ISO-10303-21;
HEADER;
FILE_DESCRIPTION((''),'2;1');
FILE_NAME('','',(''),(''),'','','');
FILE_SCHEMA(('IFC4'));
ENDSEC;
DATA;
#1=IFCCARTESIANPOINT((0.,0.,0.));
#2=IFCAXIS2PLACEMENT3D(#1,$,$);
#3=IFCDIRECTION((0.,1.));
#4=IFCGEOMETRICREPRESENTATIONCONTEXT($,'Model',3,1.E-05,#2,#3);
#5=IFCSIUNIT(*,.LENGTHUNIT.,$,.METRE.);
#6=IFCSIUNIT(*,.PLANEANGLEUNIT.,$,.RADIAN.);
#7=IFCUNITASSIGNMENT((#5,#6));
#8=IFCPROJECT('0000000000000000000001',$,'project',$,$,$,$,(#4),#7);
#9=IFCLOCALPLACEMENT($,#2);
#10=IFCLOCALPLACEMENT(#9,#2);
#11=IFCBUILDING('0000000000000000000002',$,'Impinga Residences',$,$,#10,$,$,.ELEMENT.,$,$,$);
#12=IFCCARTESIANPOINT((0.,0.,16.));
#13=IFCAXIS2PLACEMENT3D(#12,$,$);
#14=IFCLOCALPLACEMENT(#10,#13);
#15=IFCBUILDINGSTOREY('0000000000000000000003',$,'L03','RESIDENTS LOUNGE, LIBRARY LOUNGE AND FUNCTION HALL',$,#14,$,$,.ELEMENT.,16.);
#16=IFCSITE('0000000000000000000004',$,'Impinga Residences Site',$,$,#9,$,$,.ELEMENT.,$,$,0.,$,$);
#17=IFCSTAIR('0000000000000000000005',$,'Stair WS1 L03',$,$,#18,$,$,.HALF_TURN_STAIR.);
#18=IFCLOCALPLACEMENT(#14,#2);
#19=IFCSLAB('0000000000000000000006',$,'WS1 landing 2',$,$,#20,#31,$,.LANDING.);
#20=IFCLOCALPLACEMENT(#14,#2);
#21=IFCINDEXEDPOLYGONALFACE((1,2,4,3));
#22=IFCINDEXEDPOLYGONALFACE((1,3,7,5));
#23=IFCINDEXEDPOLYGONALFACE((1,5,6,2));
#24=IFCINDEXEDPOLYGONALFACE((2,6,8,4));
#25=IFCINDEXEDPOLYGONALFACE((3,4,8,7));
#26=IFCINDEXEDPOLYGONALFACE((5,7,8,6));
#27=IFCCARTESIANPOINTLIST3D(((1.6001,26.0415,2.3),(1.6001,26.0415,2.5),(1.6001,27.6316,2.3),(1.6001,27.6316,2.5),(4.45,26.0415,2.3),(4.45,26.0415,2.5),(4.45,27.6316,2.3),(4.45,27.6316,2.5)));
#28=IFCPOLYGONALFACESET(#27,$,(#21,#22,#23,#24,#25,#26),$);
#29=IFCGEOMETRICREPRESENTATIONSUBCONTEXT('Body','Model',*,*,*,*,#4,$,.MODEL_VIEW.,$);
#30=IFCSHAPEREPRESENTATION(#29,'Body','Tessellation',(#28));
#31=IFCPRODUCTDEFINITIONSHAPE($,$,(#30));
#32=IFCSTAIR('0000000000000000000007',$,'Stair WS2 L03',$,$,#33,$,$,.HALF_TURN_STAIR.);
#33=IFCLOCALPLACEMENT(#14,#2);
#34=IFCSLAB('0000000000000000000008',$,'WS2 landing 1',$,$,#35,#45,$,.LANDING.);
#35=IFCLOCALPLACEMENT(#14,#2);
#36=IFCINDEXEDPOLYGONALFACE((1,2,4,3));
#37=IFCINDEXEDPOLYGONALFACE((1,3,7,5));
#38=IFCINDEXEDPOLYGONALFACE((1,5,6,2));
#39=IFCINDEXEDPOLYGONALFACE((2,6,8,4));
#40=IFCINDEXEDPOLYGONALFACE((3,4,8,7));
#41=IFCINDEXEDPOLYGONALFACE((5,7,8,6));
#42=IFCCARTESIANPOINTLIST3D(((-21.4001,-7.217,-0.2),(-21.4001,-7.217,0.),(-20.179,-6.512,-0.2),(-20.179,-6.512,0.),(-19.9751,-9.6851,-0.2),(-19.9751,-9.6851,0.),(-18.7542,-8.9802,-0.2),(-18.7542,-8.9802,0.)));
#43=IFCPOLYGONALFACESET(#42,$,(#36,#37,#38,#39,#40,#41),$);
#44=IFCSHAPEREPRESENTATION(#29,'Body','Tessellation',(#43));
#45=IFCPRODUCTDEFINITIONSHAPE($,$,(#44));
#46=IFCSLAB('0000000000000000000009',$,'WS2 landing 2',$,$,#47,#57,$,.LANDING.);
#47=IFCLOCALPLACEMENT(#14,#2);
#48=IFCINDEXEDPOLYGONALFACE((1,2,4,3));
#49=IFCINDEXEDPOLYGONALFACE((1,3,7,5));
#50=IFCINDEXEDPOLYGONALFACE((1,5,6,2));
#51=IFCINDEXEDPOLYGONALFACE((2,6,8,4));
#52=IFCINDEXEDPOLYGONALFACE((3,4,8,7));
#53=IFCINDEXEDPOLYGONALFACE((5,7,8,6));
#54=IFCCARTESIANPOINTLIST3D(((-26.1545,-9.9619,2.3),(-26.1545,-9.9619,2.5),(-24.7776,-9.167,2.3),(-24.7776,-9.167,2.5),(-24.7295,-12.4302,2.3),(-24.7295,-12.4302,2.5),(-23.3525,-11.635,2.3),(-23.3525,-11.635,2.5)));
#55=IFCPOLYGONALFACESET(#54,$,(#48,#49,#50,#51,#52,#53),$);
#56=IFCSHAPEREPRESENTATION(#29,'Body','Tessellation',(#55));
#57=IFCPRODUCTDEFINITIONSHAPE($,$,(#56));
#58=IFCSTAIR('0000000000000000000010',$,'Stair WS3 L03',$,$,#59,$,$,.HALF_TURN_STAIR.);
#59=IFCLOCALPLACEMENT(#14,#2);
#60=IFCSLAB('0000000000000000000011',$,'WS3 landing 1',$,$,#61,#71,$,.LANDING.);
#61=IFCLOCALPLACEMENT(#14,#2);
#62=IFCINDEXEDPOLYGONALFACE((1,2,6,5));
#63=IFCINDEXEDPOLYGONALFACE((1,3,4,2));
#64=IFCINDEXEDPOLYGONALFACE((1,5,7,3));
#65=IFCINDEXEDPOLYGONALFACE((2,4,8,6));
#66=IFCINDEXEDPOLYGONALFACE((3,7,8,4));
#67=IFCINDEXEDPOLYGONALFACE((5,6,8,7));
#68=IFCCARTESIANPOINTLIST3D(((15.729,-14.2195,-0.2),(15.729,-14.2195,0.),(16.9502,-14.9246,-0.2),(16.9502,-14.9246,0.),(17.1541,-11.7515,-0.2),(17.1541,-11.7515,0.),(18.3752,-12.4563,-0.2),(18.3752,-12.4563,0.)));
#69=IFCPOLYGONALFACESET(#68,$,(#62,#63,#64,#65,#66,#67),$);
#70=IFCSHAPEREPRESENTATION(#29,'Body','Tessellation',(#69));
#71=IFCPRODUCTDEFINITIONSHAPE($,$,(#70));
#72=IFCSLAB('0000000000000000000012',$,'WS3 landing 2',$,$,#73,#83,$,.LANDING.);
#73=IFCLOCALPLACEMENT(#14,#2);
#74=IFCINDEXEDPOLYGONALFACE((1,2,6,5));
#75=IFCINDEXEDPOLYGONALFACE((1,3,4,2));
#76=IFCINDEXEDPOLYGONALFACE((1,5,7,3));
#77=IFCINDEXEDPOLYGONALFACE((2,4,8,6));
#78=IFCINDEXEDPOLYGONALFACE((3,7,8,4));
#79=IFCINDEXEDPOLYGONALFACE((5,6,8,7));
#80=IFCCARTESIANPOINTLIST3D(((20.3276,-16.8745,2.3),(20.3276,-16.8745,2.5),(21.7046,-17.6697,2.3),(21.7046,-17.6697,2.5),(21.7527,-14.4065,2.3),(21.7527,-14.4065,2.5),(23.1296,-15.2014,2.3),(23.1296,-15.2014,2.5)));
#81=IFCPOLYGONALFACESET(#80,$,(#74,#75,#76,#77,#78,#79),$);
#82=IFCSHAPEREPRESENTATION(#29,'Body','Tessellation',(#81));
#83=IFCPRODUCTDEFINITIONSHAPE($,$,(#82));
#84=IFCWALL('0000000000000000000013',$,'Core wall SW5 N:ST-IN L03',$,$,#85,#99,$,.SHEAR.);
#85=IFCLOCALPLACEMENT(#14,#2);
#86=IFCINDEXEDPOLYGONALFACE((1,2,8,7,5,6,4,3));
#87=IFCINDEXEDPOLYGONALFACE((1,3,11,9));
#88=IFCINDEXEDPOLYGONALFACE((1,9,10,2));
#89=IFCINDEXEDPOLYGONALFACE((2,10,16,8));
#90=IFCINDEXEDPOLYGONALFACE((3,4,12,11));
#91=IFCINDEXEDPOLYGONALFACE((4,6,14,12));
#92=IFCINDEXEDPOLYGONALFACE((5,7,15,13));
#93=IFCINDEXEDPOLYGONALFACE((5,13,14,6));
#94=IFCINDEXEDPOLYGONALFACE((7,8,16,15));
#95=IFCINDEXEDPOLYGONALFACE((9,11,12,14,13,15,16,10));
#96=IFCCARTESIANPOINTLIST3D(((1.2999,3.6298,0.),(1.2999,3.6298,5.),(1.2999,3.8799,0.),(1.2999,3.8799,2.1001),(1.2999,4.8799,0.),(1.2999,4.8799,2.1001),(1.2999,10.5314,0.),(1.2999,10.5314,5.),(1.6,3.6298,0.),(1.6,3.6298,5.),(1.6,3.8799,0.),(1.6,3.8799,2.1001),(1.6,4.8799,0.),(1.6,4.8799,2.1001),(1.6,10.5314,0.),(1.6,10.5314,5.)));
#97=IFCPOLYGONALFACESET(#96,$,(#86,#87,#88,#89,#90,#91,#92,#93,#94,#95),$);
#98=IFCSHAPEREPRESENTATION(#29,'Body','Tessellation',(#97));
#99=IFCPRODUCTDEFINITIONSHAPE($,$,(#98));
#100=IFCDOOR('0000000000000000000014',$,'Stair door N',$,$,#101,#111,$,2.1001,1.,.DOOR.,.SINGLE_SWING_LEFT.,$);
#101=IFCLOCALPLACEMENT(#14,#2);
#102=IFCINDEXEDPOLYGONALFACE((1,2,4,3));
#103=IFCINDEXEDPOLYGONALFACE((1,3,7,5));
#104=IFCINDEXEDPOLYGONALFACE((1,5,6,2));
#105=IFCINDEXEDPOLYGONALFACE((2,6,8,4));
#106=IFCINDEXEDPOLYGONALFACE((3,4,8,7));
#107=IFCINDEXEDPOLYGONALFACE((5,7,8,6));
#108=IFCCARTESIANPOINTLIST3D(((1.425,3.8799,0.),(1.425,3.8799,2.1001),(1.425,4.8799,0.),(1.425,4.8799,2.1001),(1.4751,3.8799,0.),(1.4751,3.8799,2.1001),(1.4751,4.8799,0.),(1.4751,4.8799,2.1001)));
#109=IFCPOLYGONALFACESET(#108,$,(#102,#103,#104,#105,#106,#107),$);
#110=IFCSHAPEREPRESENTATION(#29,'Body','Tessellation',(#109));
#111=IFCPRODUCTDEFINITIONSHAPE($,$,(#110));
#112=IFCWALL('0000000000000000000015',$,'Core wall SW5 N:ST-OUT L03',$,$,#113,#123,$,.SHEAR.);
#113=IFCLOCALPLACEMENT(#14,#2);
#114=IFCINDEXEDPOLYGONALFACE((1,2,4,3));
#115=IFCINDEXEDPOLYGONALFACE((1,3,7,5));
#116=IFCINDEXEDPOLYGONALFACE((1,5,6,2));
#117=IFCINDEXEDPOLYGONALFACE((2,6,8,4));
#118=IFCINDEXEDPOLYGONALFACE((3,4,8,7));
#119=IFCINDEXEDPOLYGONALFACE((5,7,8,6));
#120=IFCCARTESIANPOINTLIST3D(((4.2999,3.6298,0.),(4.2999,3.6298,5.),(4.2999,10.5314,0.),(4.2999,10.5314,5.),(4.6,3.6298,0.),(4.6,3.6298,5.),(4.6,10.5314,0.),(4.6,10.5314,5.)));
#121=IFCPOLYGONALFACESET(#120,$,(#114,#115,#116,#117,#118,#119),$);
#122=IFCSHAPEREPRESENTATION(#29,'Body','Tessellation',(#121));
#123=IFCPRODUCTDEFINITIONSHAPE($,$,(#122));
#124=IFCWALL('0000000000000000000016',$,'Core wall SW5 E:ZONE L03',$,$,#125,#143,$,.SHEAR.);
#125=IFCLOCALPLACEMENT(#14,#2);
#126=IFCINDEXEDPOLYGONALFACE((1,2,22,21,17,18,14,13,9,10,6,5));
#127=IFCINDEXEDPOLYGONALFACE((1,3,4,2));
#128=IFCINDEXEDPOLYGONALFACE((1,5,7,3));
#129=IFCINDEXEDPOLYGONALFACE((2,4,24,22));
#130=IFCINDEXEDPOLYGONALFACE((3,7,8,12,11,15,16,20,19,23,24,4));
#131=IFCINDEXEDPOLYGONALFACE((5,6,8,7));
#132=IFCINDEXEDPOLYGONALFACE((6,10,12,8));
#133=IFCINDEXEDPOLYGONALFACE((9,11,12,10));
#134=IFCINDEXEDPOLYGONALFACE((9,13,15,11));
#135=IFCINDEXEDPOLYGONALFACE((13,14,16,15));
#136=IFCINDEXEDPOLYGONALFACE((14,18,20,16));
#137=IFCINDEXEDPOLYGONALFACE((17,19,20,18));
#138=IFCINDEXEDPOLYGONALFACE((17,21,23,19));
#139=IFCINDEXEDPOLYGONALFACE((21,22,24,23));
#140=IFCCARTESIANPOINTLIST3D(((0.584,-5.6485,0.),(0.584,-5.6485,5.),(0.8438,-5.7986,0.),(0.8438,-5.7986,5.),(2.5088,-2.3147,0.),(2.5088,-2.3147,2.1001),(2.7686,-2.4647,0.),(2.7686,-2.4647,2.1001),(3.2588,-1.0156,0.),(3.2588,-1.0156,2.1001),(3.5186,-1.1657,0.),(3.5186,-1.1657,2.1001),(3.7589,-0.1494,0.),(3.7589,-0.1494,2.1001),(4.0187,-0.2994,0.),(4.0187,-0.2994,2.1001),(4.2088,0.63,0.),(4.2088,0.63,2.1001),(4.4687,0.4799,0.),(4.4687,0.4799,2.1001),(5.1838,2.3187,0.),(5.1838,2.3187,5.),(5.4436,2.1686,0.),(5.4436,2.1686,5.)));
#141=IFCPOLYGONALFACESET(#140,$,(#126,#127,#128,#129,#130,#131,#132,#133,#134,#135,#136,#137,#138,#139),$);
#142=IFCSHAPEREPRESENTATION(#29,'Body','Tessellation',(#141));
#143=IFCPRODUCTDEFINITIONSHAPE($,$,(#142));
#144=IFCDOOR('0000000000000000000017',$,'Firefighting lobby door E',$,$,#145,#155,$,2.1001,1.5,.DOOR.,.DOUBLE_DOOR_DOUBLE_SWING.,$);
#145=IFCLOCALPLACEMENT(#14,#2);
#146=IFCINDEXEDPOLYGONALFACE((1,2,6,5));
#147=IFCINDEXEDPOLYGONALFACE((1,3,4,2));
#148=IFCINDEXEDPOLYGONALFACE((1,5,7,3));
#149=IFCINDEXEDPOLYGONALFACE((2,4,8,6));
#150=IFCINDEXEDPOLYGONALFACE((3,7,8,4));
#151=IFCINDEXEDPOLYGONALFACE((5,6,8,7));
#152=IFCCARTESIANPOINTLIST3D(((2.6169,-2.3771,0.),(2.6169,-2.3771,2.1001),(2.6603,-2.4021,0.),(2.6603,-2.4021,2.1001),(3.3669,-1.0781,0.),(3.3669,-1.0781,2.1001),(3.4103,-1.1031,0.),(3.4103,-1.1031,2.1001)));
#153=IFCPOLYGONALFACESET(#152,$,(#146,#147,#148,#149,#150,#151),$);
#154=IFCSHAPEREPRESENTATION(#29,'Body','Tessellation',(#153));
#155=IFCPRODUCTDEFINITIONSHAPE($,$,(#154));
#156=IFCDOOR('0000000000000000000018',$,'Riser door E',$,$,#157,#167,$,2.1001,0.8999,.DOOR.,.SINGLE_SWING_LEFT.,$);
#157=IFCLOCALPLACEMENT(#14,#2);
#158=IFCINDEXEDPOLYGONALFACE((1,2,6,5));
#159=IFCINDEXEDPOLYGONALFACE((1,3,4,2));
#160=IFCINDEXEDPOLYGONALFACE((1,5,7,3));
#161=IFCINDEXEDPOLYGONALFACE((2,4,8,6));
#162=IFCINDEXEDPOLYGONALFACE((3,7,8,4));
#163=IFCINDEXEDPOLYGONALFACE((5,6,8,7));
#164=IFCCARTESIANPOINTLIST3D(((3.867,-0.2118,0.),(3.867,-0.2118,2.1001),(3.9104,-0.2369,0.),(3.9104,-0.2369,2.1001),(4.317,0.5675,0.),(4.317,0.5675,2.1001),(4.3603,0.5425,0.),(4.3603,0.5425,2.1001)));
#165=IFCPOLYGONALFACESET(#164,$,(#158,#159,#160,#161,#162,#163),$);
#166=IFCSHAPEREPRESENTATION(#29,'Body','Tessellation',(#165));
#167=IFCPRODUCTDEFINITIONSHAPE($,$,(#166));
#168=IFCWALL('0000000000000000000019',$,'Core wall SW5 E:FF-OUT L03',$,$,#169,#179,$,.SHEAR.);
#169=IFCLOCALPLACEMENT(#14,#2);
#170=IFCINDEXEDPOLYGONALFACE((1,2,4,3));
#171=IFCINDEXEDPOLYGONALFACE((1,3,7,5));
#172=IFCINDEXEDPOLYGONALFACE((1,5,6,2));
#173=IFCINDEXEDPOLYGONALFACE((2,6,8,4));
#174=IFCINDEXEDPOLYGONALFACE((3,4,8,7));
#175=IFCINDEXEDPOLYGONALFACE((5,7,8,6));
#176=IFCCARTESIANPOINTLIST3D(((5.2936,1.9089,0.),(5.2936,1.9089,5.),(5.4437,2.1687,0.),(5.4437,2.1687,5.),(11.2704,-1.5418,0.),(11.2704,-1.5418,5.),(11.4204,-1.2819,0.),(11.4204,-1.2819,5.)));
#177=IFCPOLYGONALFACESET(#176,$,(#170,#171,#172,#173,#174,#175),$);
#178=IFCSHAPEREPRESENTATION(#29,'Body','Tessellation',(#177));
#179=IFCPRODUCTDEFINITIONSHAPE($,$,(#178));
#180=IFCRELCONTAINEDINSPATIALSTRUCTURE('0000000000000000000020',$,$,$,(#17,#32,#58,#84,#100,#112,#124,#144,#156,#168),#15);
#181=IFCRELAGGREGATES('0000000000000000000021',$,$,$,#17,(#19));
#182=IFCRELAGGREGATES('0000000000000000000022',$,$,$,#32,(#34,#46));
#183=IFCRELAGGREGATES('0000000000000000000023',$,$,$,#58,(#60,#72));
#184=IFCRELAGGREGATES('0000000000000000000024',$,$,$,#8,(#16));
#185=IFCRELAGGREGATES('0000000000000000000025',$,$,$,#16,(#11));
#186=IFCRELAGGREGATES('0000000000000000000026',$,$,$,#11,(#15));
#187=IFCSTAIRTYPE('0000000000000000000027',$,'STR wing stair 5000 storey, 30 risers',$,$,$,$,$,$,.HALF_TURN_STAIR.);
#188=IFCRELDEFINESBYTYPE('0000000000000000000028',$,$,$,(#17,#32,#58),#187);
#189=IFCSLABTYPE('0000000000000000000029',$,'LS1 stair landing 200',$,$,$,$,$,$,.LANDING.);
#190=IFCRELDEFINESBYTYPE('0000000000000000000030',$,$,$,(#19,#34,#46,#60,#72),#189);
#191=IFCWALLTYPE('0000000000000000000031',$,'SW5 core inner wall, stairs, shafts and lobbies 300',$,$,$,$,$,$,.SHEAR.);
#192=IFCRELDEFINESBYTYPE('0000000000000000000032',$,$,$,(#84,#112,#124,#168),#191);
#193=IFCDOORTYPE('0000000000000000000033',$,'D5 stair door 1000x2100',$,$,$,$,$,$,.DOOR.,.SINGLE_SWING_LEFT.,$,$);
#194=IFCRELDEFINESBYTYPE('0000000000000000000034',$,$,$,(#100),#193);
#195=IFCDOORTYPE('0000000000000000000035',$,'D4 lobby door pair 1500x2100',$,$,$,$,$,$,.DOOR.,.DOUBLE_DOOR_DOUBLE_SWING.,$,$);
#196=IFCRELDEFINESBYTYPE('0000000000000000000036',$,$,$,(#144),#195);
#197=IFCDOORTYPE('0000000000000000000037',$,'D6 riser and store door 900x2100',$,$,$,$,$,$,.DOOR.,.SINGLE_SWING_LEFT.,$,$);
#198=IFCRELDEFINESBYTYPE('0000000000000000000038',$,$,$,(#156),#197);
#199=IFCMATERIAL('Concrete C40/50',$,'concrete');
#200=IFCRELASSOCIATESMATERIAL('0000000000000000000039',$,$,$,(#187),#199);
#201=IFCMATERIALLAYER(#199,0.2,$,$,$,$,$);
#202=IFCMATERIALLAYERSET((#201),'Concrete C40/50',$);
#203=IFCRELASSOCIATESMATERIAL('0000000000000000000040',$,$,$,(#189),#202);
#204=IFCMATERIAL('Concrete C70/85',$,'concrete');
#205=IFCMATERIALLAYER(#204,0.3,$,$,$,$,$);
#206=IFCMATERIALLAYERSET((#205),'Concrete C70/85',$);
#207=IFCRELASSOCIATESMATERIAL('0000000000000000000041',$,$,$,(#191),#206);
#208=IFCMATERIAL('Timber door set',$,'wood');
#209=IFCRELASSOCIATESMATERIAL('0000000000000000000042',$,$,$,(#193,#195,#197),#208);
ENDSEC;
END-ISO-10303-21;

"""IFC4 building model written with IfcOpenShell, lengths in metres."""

from ifc_helpers import new_model, si_unit, direction, frame, frame_2d, origin, place, context, subcontext, project, spatial, polyline, rectangle, outline, extrude, material, layer, layer_set, type_object, element, fill, aggregate, save


model = new_model("IFC4")

# Units and contexts
model_context = context("Model", 3, precision=1e-05, world=origin(), true_north=direction((0.0, 1.0)))
body_context = subcontext(model_context, "Body", "Model", "MODEL_VIEW")
ifc_project = project(units=[si_unit("LENGTHUNIT", "METRE"), si_unit("PLANEANGLEUNIT", "RADIAN")], contexts=[model_context])

# Site, building, storey
site_placement = place(None, origin())
site = spatial("IfcSite", under=ifc_project, at=site_placement, Name="Impinga Residences Site", CompositionType="ELEMENT", RefElevation=0.0)
building_placement = place(site_placement, origin())
building = spatial("IfcBuilding", under=site, at=building_placement, Name="Impinga Residences", CompositionType="ELEMENT")
storey_placement = place(building_placement, frame((0.0, 0.0, 16.0)))
storey = spatial("IfcBuildingStorey", under=building, at=storey_placement, Name="L03", Description="RESIDENTS LOUNGE, LIBRARY LOUNGE AND FUNCTION HALL", CompositionType="ELEMENT", Elevation=16.0)

# Stair, slab
ifc_material_1 = material(Name="Concrete C40/50", Category="concrete")
stair_type_1 = type_object("IfcStairType", Name="STR wing stair 5000 storey, 30 risers", PredefinedType="HALF_TURN_STAIR", material=ifc_material_1)
stair_1_placement = place(storey_placement, origin())
stair_1 = element("IfcStair", 1, at=stair_1_placement, inside=storey, type_object=stair_type_1, Name="Stair WS1 L03", PredefinedType="HALF_TURN_STAIR")
ifc_layer_1 = layer(ifc_material_1, 0.2)
ifc_layer_set_1 = layer_set([ifc_layer_1], Name="Concrete C40/50")
slab_type = type_object("IfcSlabType", Name="LS1 stair landing 200", PredefinedType="LANDING", material=ifc_layer_set_1)
slab_1_placement = place(storey_placement, frame((0.0, 0.0, 2.3)))
slab_1 = element("IfcSlab", 2, at=slab_1_placement, type_object=slab_type, Name="WS1 landing 2", PredefinedType="LANDING", context=body_context, shape_type="SweptSolid", body=[
    extrude(outline(polyline([(1.6001, 26.0415), (4.45, 26.0415), (4.45, 27.6316), (1.6001, 27.6316), (1.6001, 26.0415)])), origin(), (0.0, 0.0, 1.0), 0.2),
])
aggregate(stair_1, [slab_1])

# Stairs, slabs
stair_2_placement = place(storey_placement, origin())
stair_2 = element("IfcStair", 3, at=stair_2_placement, inside=storey, type_object=stair_type_1, Name="Stair WS2 L03", PredefinedType="HALF_TURN_STAIR")
slab_2_placement = place(storey_placement, frame((0.0, 0.0, -0.2)))
slab_2 = element("IfcSlab", 4, at=slab_2_placement, type_object=slab_type, Name="WS2 landing 1", PredefinedType="LANDING", context=body_context, shape_type="SweptSolid", body=[
    extrude(outline(polyline([(-18.7542, -8.9802), (-20.179, -6.512), (-21.4001, -7.217), (-19.9751, -9.6851), (-18.7542, -8.9802)])), origin(), (0.0, 0.0, 1.0), 0.2),
])
slab_3_placement = place(storey_placement, frame((0.0, 0.0, 2.3)))
slab_3 = element("IfcSlab", 5, at=slab_3_placement, type_object=slab_type, Name="WS2 landing 2", PredefinedType="LANDING", context=body_context, shape_type="SweptSolid", body=[
    extrude(outline(polyline([(-23.3525, -11.635), (-24.7776, -9.167), (-26.1545, -9.9619), (-24.7295, -12.4302), (-23.3525, -11.635)])), origin(), (0.0, 0.0, 1.0), 0.2),
])
aggregate(stair_2, [slab_2, slab_3])
stair_3_placement = place(storey_placement, origin())
stair_3 = element("IfcStair", 6, at=stair_3_placement, inside=storey, type_object=stair_type_1, Name="Stair WS3 L03", PredefinedType="HALF_TURN_STAIR")
slab_4_placement = place(storey_placement, frame((0.0, 0.0, -0.2)))
slab_4 = element("IfcSlab", 7, at=slab_4_placement, type_object=slab_type, Name="WS3 landing 1", PredefinedType="LANDING", context=body_context, shape_type="SweptSolid", body=[
    extrude(outline(polyline([(17.1541, -11.7515), (15.729, -14.2195), (16.9502, -14.9246), (18.3752, -12.4563), (17.1541, -11.7515)])), origin(), (0.0, 0.0, 1.0), 0.2),
])
slab_5_placement = place(storey_placement, frame((0.0, 0.0, 2.3)))
slab_5 = element("IfcSlab", 8, at=slab_5_placement, type_object=slab_type, Name="WS3 landing 2", PredefinedType="LANDING", context=body_context, shape_type="SweptSolid", body=[
    extrude(outline(polyline([(21.7527, -14.4065), (20.3276, -16.8745), (21.7046, -17.6697), (23.1296, -15.2014), (21.7527, -14.4065)])), origin(), (0.0, 0.0, 1.0), 0.2),
])
aggregate(stair_3, [slab_4, slab_5])

# Wall, opening, door
ifc_material_2 = material(Name="Concrete C70/85", Category="concrete")
ifc_layer_2 = layer(ifc_material_2, 0.3)
ifc_layer_set_2 = layer_set([ifc_layer_2], Name="Concrete C70/85")
wall_type_1 = type_object("IfcWallType", Name="SW5 core inner wall, stairs, shafts and lobbies 300", PredefinedType="SHEAR", material=ifc_layer_set_2)
wall_1_placement = place(storey_placement, frame((1.45, 3.6299, 0.0), z_axis=(0.0, 0.0, 1.0), x_axis=(0.0, 1.0, 0.0)))
wall_1 = element("IfcWall", 9, at=wall_1_placement, inside=storey, type_object=wall_type_1, Name="Core wall SW5 N:ST-IN L03", PredefinedType="SHEAR", context=body_context, shape_type="SweptSolid", body=[
    extrude(rectangle(XDim=6.9016, YDim=0.3, at=frame_2d((3.4507, 0.0))), origin(), (0.0, 0.0, 1.0), 5.0),
])
opening_1_placement = place(wall_1_placement, frame((0.25, 0.0, 0.0)))
opening_1 = element("IfcOpeningElement", 10, at=opening_1_placement, cuts=wall_1, PredefinedType="OPENING", context=body_context, shape_type="SweptSolid", body=[
    extrude(rectangle(XDim=1.0, YDim=2.1001, at=frame_2d((0.5, 1.05))), frame((0.0, 0.1599, 0.0), z_axis=(0.0, -1.0, 0.0), x_axis=(1.0, 0.0, 0.0)), (0.0, 0.0, 1.0), 0.3201),
])
ifc_material_3 = material(Name="Timber door set", Category="wood")
door_type_1 = type_object("IfcDoorType", Name="D5 stair door 1000x2100", OperationType="SINGLE_SWING_LEFT", PredefinedType="DOOR", material=ifc_material_3)
door_1_placement = place(opening_1_placement, origin())
door_1 = element("IfcDoor", 11, at=door_1_placement, inside=storey, type_object=door_type_1, Name="Stair door N", OperationType="SINGLE_SWING_LEFT", OverallHeight=2.1001, OverallWidth=1.0, PredefinedType="DOOR", context=body_context, shape_type="SweptSolid", body=[
    extrude(rectangle(XDim=1.0, YDim=2.1001, at=frame_2d((0.5, 1.05))), frame((0.0, 0.0249, 0.0), z_axis=(0.0, -1.0, 0.0), x_axis=(1.0, 0.0, 0.0)), (0.0, 0.0, 1.0), 0.05),
])
fill(opening_1, door_1)

# Wall
wall_2_placement = place(storey_placement, frame((4.45, 3.6299, 0.0), z_axis=(0.0, 0.0, 1.0), x_axis=(0.0, 1.0, 0.0)))
element("IfcWall", 12, at=wall_2_placement, inside=storey, type_object=wall_type_1, Name="Core wall SW5 N:ST-OUT L03", PredefinedType="SHEAR", context=body_context, shape_type="SweptSolid", body=[
    extrude(rectangle(XDim=6.9016, YDim=0.3, at=frame_2d((3.4507, 0.0))), origin(), (0.0, 0.0, 1.0), 5.0),
])

# Wall, openings, doors
wall_3_placement = place(storey_placement, frame((5.3137, 2.2437, 0.0), z_axis=(0.0, 0.0, 1.0), x_axis=(-0.499995, -0.866028, 0.0)))
wall_3 = element("IfcWall", 13, at=wall_3_placement, inside=storey, type_object=wall_type_1, Name="Core wall SW5 E:ZONE L03", PredefinedType="SHEAR", context=body_context, shape_type="SweptSolid", body=[
    extrude(rectangle(XDim=9.1997, YDim=0.3, at=frame_2d((4.5999, 0.0))), origin(), (0.0, 0.0, 1.0), 5.0),
])
opening_2_placement = place(wall_3_placement, frame((3.8501, 0.0, 0.0)))
opening_2 = element("IfcOpeningElement", 14, at=opening_2_placement, cuts=wall_3, PredefinedType="OPENING", context=body_context, shape_type="SweptSolid", body=[
    extrude(rectangle(XDim=1.5, YDim=2.1001, at=frame_2d((0.75, 1.05))), frame((0.0, 0.1599, 0.0), z_axis=(0.0, -1.0, 0.0), x_axis=(1.0, 0.0, 0.0)), (0.0, 0.0, 1.0), 0.3201),
])
opening_3_placement = place(wall_3_placement, frame((1.95, 0.0, 0.0)))
opening_3 = element("IfcOpeningElement", 15, at=opening_3_placement, cuts=wall_3, PredefinedType="OPENING", context=body_context, shape_type="SweptSolid", body=[
    extrude(rectangle(XDim=0.8999, YDim=2.1001, at=frame_2d((0.45, 1.05))), frame((0.0, 0.1599, 0.0), z_axis=(0.0, -1.0, 0.0), x_axis=(1.0, 0.0, 0.0)), (0.0, 0.0, 1.0), 0.3201),
])
door_type_2 = type_object("IfcDoorType", Name="D4 lobby door pair 1500x2100", OperationType="DOUBLE_DOOR_DOUBLE_SWING", PredefinedType="DOOR", material=ifc_material_3)
door_2_placement = place(opening_2_placement, origin())
door_2 = element("IfcDoor", 16, at=door_2_placement, inside=storey, type_object=door_type_2, Name="Firefighting lobby door E", OperationType="DOUBLE_DOOR_DOUBLE_SWING", OverallHeight=2.1001, OverallWidth=1.5, PredefinedType="DOOR", context=body_context, shape_type="SweptSolid", body=[
    extrude(rectangle(XDim=1.5, YDim=2.1001, at=frame_2d((0.75, 1.05))), frame((0.0, 0.0249, 0.0), z_axis=(0.0, -1.0, 0.0), x_axis=(1.0, 0.0, 0.0)), (0.0, 0.0, 1.0), 0.05),
])
fill(opening_2, door_2)
door_type_3 = type_object("IfcDoorType", Name="D6 riser and store door 900x2100", OperationType="SINGLE_SWING_LEFT", PredefinedType="DOOR", material=ifc_material_3)
door_3_placement = place(opening_3_placement, origin())
door_3 = element("IfcDoor", 17, at=door_3_placement, inside=storey, type_object=door_type_3, Name="Riser door E", OperationType="SINGLE_SWING_LEFT", OverallHeight=2.1001, OverallWidth=0.8999, PredefinedType="DOOR", context=body_context, shape_type="SweptSolid", body=[
    extrude(rectangle(XDim=0.8999, YDim=2.1001, at=frame_2d((0.45, 1.05))), frame((0.0, 0.0249, 0.0), z_axis=(0.0, -1.0, 0.0), x_axis=(1.0, 0.0, 0.0)), (0.0, 0.0, 1.0), 0.05),
])
fill(opening_3, door_3)

# Wall
wall_4_placement = place(storey_placement, frame((5.3687, 2.0388, 0.0), z_axis=(0.0, 0.0, 1.0), x_axis=(0.866027, -0.499997, 0.0)))
element("IfcWall", 18, at=wall_4_placement, inside=storey, type_object=wall_type_1, Name="Core wall SW5 E:FF-OUT L03", PredefinedType="SHEAR", context=body_context, shape_type="SweptSolid", body=[
    extrude(rectangle(XDim=6.9014, YDim=0.3, at=frame_2d((3.4507, 0.0))), origin(), (0.0, 0.0, 1.0), 5.0),
])

save(model, "model.ifc")
